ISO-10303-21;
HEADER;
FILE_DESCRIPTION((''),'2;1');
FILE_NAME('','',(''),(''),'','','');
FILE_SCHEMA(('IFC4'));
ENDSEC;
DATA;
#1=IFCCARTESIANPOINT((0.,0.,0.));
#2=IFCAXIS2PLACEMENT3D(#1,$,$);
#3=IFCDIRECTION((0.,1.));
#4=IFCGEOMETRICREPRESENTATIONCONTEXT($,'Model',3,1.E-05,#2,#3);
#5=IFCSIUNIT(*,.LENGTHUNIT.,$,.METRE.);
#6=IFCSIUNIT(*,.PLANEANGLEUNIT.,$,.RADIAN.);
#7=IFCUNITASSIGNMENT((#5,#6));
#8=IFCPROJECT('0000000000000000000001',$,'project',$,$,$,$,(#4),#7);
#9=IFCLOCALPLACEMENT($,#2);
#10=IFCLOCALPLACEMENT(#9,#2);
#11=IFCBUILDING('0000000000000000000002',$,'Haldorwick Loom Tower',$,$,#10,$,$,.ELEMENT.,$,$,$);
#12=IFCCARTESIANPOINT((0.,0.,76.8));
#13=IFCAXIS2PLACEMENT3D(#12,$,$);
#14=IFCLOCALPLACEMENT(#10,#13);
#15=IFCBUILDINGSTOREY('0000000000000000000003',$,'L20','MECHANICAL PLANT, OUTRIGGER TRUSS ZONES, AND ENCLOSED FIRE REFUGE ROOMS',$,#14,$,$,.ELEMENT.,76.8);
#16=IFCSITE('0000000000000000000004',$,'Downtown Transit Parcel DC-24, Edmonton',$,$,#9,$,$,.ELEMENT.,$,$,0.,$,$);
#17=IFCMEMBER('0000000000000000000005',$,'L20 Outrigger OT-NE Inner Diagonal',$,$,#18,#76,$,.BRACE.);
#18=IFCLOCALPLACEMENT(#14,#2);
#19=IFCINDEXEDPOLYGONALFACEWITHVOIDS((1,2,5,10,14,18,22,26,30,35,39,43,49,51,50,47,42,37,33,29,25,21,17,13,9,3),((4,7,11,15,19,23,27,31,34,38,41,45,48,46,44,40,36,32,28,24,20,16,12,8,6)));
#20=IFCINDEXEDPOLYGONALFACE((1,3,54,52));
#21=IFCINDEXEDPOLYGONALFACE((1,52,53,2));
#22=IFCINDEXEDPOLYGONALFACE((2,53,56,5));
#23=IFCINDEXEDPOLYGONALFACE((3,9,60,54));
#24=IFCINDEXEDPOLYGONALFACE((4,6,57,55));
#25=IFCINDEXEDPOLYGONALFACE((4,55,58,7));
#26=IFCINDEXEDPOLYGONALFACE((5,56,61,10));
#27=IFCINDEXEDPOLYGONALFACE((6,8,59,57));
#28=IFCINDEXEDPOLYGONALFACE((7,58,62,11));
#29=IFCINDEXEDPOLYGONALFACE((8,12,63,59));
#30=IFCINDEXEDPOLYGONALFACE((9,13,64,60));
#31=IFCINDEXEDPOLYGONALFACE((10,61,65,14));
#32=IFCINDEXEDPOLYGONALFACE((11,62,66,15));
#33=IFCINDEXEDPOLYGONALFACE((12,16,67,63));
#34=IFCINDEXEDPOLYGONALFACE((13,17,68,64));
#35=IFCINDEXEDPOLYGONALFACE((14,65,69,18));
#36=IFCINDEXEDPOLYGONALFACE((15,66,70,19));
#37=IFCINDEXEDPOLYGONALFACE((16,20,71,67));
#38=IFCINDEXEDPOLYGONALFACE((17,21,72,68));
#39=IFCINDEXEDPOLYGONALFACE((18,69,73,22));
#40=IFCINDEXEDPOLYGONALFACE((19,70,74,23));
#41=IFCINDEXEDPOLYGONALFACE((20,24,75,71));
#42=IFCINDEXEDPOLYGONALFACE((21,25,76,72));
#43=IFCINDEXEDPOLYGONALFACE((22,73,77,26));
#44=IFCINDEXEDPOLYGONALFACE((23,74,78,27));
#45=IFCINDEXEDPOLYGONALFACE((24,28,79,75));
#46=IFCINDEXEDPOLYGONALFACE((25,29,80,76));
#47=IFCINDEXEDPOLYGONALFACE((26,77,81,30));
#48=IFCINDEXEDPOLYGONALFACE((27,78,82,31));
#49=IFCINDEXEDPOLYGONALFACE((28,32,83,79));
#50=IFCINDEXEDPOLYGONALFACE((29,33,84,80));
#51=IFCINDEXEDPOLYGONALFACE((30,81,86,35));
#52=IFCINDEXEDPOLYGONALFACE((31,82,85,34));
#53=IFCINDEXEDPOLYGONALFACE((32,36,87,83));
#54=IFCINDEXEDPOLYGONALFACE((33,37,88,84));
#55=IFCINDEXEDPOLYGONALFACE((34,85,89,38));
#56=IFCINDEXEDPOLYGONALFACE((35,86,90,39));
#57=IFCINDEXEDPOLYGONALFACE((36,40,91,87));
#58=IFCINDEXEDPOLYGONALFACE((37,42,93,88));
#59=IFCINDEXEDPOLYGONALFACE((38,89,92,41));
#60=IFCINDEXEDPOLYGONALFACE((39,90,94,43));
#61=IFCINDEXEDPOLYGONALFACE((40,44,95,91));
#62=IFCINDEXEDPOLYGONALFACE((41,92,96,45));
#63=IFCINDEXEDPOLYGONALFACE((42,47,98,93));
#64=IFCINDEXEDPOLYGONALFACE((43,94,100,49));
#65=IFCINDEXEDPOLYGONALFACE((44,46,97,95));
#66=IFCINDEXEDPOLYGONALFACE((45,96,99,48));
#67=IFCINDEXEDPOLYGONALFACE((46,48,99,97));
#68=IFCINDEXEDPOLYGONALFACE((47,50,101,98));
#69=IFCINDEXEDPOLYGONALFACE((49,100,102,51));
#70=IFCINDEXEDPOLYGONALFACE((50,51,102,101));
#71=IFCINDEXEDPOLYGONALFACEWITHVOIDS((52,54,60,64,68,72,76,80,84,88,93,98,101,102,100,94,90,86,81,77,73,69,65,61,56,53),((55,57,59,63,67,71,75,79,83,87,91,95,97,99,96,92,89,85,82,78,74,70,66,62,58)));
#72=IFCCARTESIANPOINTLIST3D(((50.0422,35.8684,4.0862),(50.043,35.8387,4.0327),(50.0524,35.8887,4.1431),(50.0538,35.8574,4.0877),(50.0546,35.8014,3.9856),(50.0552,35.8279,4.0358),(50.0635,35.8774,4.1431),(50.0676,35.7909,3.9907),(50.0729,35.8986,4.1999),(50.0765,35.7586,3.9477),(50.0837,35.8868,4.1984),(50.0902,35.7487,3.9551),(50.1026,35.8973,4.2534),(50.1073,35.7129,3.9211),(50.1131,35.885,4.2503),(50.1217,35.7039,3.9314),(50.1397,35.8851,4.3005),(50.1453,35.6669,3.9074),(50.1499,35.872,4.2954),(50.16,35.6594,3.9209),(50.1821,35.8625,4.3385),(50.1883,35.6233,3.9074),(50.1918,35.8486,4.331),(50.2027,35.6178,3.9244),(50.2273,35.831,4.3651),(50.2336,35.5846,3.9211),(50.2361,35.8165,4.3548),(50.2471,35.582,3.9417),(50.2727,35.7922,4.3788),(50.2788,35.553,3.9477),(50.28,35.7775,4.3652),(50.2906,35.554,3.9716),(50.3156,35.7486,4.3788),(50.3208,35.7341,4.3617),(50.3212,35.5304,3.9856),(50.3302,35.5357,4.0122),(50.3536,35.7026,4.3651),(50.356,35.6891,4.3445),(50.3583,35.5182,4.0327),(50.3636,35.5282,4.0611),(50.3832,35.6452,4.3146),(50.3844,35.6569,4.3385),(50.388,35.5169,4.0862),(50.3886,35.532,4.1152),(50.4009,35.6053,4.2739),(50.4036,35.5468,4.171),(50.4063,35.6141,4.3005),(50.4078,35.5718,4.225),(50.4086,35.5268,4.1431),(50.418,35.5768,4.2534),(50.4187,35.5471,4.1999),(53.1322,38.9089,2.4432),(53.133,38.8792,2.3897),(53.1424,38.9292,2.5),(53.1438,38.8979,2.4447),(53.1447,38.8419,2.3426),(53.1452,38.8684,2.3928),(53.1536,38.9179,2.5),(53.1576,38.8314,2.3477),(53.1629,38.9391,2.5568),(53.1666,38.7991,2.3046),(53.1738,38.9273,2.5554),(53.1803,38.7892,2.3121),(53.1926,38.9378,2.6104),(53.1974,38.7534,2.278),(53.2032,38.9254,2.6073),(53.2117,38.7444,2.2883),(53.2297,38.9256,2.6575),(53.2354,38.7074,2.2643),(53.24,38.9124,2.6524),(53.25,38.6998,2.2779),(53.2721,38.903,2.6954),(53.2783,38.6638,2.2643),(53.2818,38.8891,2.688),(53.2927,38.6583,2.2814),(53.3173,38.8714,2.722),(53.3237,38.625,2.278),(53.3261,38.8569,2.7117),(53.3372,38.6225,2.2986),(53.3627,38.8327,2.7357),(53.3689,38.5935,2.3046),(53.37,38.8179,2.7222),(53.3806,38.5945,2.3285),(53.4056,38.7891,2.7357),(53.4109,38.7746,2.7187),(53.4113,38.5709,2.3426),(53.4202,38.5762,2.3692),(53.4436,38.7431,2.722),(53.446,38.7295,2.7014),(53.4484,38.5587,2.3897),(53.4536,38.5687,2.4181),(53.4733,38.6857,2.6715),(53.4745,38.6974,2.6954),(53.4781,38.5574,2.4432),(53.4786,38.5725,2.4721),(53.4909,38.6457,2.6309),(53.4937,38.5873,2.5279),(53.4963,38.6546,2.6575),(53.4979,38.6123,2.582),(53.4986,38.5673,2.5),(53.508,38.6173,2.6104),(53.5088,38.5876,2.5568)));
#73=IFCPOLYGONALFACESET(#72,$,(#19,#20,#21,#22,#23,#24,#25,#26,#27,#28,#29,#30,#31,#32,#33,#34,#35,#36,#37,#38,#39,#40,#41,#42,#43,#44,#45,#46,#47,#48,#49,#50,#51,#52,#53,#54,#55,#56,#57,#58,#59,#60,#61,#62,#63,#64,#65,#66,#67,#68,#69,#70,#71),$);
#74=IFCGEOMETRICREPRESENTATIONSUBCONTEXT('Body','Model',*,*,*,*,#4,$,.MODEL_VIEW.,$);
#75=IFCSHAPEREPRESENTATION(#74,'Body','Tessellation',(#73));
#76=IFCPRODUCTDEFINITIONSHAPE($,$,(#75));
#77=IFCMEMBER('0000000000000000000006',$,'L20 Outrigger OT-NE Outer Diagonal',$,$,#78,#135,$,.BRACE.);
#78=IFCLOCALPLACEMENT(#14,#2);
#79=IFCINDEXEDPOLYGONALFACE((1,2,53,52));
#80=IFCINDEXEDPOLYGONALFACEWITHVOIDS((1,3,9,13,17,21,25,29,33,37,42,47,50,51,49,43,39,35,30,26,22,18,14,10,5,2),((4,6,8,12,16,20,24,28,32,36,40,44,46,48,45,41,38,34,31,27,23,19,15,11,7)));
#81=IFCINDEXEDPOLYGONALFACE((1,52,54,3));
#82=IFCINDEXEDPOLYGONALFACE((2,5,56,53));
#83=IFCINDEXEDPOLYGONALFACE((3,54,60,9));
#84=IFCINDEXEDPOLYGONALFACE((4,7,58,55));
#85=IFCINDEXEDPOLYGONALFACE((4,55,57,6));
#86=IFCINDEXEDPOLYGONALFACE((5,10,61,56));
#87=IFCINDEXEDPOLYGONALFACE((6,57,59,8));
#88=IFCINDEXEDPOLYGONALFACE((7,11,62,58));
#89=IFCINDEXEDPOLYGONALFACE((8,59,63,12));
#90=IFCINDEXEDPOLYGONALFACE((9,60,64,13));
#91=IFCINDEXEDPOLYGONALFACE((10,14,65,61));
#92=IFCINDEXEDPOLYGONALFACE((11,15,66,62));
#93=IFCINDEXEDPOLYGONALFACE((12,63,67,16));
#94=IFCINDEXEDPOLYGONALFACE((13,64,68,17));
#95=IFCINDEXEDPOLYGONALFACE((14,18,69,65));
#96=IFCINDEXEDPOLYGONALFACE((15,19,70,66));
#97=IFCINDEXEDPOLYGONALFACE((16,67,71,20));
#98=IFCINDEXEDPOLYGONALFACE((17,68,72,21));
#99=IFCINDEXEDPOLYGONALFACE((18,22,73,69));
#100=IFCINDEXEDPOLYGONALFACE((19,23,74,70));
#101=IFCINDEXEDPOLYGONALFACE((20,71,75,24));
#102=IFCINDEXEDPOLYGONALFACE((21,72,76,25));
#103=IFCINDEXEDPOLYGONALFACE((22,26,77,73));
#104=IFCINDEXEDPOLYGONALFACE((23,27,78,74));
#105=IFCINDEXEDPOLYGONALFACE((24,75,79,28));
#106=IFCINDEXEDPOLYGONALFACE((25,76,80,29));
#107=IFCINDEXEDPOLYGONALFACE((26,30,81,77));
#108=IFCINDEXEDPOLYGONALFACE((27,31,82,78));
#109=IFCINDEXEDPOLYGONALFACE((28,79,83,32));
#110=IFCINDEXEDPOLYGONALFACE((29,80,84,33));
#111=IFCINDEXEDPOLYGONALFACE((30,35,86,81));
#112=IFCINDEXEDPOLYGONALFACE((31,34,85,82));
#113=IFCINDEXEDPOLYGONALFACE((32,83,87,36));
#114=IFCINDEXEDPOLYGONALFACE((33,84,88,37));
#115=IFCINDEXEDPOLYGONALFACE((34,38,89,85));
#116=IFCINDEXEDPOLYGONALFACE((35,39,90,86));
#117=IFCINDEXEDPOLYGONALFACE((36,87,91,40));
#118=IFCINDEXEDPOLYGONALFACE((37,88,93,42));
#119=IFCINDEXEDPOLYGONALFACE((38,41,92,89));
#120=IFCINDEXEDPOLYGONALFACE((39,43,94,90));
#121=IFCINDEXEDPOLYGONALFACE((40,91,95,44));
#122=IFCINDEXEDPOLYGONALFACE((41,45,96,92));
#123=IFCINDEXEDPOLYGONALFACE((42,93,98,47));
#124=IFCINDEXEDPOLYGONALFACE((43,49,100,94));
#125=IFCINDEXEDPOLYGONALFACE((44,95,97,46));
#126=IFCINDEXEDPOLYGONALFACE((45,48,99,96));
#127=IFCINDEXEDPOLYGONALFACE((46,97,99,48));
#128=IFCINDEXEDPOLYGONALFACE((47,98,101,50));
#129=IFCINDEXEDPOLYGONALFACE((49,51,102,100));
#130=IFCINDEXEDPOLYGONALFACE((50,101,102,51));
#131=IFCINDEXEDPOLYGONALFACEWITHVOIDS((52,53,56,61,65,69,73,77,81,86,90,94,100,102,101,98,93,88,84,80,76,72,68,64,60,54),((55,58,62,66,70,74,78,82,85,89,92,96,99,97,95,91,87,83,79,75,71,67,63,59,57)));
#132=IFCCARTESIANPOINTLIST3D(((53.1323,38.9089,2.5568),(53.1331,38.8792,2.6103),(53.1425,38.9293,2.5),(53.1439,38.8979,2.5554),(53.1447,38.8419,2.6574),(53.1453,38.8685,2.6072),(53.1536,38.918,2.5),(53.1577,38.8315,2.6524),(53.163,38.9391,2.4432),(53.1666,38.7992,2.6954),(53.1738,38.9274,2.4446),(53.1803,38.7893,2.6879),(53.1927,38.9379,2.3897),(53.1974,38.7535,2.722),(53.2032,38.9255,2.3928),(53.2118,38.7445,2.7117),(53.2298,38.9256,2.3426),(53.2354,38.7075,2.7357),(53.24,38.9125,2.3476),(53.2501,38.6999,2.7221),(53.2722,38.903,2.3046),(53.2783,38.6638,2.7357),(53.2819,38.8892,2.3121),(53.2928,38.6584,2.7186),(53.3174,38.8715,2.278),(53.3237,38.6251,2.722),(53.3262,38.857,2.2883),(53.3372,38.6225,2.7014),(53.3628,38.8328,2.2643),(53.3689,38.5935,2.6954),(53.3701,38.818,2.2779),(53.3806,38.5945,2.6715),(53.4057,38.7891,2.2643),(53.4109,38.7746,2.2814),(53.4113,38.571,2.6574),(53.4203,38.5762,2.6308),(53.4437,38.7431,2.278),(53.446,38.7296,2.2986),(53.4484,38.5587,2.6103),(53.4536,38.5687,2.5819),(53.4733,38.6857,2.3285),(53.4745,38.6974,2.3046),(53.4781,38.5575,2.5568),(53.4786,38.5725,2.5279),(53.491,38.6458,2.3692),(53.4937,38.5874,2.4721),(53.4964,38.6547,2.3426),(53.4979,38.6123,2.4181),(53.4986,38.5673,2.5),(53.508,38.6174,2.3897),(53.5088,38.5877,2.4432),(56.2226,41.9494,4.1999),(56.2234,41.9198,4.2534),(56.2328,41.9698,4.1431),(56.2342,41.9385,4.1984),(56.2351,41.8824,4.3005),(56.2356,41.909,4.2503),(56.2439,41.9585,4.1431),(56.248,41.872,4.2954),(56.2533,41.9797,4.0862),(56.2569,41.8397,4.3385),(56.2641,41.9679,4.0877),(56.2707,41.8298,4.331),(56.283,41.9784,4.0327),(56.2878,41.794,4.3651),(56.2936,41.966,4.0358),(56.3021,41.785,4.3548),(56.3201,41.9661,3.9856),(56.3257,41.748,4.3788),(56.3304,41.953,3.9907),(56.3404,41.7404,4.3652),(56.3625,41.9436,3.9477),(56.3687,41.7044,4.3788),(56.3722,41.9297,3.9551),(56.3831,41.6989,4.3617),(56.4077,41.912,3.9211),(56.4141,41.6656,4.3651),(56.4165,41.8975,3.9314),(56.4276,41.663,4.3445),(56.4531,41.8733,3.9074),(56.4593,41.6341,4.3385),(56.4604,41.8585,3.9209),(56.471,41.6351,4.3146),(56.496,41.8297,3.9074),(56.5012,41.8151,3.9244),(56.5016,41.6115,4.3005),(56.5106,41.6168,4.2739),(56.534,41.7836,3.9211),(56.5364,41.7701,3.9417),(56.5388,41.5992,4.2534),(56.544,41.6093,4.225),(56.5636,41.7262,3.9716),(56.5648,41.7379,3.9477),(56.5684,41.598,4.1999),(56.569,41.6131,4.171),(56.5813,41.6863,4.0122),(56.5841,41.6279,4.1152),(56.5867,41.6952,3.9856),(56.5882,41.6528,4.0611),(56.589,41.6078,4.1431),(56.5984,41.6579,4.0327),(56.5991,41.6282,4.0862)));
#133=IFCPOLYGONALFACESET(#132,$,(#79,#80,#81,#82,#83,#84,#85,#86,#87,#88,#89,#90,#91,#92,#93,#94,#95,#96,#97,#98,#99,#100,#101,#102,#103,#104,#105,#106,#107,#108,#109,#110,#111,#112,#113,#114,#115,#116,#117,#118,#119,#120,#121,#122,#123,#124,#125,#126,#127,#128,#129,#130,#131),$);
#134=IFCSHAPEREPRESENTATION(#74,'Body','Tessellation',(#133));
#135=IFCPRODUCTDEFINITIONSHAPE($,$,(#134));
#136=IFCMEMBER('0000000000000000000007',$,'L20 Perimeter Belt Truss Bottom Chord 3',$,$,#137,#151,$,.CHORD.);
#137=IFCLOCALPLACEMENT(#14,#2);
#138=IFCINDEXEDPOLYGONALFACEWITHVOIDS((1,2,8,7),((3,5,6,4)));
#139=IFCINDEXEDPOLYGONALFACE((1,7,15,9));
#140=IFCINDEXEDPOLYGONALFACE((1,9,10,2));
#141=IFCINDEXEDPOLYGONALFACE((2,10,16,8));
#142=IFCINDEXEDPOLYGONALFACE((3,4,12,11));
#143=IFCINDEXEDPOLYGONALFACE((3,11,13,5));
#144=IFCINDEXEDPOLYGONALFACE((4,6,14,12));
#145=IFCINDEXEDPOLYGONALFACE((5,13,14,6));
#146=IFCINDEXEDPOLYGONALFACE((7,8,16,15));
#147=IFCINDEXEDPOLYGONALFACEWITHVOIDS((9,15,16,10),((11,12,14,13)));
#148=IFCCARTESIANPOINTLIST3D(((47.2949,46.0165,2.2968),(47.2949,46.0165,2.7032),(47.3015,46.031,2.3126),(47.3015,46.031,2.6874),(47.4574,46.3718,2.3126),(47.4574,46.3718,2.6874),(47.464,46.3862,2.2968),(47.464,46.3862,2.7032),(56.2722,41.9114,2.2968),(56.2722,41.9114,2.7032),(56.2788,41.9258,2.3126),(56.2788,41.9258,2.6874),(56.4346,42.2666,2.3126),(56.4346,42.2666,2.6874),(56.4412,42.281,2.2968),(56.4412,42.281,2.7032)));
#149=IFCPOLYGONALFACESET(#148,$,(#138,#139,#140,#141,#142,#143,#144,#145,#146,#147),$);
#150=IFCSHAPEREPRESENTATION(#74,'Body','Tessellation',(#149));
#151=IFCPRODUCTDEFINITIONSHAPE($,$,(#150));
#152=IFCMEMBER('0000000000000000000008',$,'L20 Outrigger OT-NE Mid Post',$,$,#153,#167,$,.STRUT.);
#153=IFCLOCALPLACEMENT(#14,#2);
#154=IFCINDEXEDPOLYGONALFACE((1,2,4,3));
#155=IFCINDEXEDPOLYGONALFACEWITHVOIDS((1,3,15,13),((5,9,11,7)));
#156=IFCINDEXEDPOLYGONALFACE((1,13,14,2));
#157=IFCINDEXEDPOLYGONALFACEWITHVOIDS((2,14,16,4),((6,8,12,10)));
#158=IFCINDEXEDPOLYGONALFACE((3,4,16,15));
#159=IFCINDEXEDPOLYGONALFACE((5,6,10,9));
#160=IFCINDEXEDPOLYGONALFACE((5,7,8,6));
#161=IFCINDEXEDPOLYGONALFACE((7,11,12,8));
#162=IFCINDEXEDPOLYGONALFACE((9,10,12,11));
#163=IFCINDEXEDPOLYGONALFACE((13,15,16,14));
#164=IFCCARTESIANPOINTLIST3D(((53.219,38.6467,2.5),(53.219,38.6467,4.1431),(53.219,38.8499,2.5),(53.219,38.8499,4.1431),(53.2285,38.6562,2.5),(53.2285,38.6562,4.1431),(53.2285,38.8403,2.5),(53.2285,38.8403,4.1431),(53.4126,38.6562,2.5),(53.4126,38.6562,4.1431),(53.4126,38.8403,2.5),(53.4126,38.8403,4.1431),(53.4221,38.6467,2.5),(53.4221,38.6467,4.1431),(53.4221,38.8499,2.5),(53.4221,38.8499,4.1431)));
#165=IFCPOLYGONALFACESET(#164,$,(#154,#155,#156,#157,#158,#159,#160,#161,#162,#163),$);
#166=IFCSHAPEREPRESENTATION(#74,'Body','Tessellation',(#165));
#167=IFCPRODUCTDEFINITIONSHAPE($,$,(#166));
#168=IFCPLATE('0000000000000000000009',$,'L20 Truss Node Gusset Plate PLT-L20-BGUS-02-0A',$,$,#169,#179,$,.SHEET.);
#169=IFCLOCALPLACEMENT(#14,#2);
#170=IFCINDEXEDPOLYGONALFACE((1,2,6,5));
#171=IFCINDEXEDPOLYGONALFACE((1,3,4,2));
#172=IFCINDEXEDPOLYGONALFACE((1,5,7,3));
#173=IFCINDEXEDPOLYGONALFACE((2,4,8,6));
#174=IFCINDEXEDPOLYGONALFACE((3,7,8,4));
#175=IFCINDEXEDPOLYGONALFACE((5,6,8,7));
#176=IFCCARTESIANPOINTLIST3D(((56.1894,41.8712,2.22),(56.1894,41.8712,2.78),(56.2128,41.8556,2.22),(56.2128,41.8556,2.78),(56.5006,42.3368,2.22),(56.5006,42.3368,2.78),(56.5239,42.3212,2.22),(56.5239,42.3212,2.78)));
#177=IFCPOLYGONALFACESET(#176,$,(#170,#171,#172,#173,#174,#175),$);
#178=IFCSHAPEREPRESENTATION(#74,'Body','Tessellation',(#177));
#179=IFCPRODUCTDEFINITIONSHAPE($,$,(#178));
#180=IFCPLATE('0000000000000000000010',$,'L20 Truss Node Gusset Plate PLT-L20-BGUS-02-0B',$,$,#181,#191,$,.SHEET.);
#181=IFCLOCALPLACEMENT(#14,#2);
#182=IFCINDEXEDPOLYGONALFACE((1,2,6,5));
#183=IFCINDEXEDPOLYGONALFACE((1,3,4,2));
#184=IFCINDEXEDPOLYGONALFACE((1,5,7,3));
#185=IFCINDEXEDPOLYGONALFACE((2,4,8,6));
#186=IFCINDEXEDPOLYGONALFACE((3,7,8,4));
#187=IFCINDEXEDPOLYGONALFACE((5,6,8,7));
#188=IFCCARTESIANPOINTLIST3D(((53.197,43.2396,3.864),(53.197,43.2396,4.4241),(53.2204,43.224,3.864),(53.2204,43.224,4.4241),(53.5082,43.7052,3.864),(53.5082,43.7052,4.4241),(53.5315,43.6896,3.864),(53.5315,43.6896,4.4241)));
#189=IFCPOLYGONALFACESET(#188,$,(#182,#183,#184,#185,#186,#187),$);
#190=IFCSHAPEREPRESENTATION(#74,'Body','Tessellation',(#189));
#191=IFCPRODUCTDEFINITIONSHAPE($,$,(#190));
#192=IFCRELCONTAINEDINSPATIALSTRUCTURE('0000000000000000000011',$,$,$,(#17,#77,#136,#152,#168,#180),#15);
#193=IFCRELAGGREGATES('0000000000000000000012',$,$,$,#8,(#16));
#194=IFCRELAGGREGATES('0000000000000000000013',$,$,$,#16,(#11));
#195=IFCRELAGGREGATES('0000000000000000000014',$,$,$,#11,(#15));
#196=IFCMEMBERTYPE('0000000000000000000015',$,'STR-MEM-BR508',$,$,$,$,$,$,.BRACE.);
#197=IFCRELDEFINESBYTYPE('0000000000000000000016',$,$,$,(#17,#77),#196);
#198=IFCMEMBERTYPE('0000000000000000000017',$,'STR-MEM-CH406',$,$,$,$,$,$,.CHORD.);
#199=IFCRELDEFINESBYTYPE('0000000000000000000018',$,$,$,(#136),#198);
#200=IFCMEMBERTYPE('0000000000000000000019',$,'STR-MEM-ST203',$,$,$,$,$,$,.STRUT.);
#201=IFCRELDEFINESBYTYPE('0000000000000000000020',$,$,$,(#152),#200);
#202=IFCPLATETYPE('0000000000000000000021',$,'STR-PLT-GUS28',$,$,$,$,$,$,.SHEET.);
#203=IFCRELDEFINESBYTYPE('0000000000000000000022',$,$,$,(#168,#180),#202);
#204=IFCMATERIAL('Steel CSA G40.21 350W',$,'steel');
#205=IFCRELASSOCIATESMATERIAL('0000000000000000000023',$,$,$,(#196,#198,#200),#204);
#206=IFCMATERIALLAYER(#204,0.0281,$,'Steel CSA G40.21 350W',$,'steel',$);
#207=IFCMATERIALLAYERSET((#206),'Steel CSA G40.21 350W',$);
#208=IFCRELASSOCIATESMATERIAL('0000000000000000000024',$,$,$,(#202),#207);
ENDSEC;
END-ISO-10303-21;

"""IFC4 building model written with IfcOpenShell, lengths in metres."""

from ifc_helpers import new_model, si_unit, direction, frame, origin, origin_2d, place, context, subcontext, project, spatial, rectangle, hollow_rectangle, hollow_circle, extrude, material, layer, layer_set, material_profile, profile_set, type_object, element, save


model = new_model("IFC4")

# Units and contexts
model_context = context("Model", 3, precision=1e-05, world=origin(), true_north=direction((0.0, 1.0)))
body_context = subcontext(model_context, "Body", "Model", "MODEL_VIEW")
ifc_project = project(units=[si_unit("LENGTHUNIT", "METRE"), si_unit("PLANEANGLEUNIT", "RADIAN")], contexts=[model_context])

# Site, building, storey
site_placement = place(None, origin())
site = spatial("IfcSite", under=ifc_project, at=site_placement, Name="Downtown Transit Parcel DC-24, Edmonton", CompositionType="ELEMENT", RefElevation=0.0)
building_placement = place(site_placement, origin())
building = spatial("IfcBuilding", under=site, at=building_placement, Name="Haldorwick Loom Tower", CompositionType="ELEMENT")
storey_placement = place(building_placement, frame((0.0, 0.0, 76.8)))
storey = spatial("IfcBuildingStorey", under=building, at=storey_placement, Name="L20", Description="MECHANICAL PLANT, OUTRIGGER TRUSS ZONES, AND ENCLOSED FIRE REFUGE ROOMS", CompositionType="ELEMENT", Elevation=76.8)

# Shared definitions
ifc_material_1 = material(Name="Steel CSA G40.21 350W", Category="steel")

# Members
ifc_material_profile_1 = material_profile(ifc_material_1, hollow_circle(Radius=0.2539, WallThickness=0.0159, at=origin_2d()), Name="HSS508X16", Category="steel")
ifc_profile_set_1 = profile_set([ifc_material_profile_1], Name="Steel CSA G40.21 350W")
member_type_1 = type_object("IfcMemberType", Name="STR-MEM-BR508", PredefinedType="BRACE", material=ifc_profile_set_1)
member_1_placement = place(storey_placement, frame((50.2305, 35.7078, 4.1431), z_axis=(0.666532, 0.655842, -0.35441), x_axis=(-0.701368, 0.7128, 0.0)))
element("IfcMember", 1, at=member_1_placement, inside=storey, type_object=member_type_1, Name="L20 Outrigger OT-NE Inner Diagonal", PredefinedType="BRACE", context=body_context, shape_type="SweptSolid", body=[
    extrude(hollow_circle(Radius=0.2539, WallThickness=0.0159, at=origin_2d()), origin(), (0.0, 0.0, 1.0), 4.636),
])
member_2_placement = place(storey_placement, frame((53.3206, 38.7483, 2.5), z_axis=(0.666561, 0.655819, 0.354397), x_axis=(-0.701339, 0.712828, 0.0)))
element("IfcMember", 2, at=member_2_placement, inside=storey, type_object=member_type_1, Name="L20 Outrigger OT-NE Outer Diagonal", PredefinedType="BRACE", context=body_context, shape_type="SweptSolid", body=[
    extrude(hollow_circle(Radius=0.2539, WallThickness=0.0159, at=origin_2d()), origin(), (0.0, 0.0, 1.0), 4.6362),
])
ifc_material_profile_2 = material_profile(ifc_material_1, hollow_rectangle(XDim=0.4065, YDim=0.4065, WallThickness=0.0159, at=origin_2d()), Name="HSS406X406X16", Category="steel")
ifc_profile_set_2 = profile_set([ifc_material_profile_2], Name="Steel CSA G40.21 350W")
member_type_2 = type_object("IfcMemberType", Name="STR-MEM-CH406", PredefinedType="CHORD", material=ifc_profile_set_2)
member_3_placement = place(storey_placement, frame((56.3567, 42.0962, 2.5), z_axis=(-0.909424, 0.41587, 0.0), x_axis=(-0.41587, -0.909424, 0.0)))
element("IfcMember", 3, at=member_3_placement, inside=storey, type_object=member_type_2, Name="L20 Perimeter Belt Truss Bottom Chord 3", PredefinedType="CHORD", context=body_context, shape_type="SweptSolid", body=[
    extrude(hollow_rectangle(XDim=0.4065, YDim=0.4065, WallThickness=0.0159, at=origin_2d()), origin(), (0.0, 0.0, 1.0), 9.8713),
])
ifc_material_profile_3 = material_profile(ifc_material_1, hollow_rectangle(XDim=0.2031, YDim=0.2031, WallThickness=0.0095, at=origin_2d()), Name="HSS203X203X10", Category="steel")
ifc_profile_set_3 = profile_set([ifc_material_profile_3], Name="Steel CSA G40.21 350W")
member_type_3 = type_object("IfcMemberType", Name="STR-MEM-ST203", PredefinedType="STRUT", material=ifc_profile_set_3)
member_4_placement = place(storey_placement, frame((53.3206, 38.7483, 2.5), z_axis=(0.0, 0.0, 1.0), x_axis=(1.0, 0.0, 0.0)))
element("IfcMember", 4, at=member_4_placement, inside=storey, type_object=member_type_3, Name="L20 Outrigger OT-NE Mid Post", PredefinedType="STRUT", context=body_context, shape_type="SweptSolid", body=[
    extrude(hollow_rectangle(XDim=0.2031, YDim=0.2031, WallThickness=0.0095, at=origin_2d()), origin(), (0.0, 0.0, 1.0), 1.6431),
])

# Plates
ifc_layer_1 = layer(ifc_material_1, 0.0281, Name="Steel CSA G40.21 350W", Category="steel")
ifc_layer_set_1 = layer_set([ifc_layer_1], Name="Steel CSA G40.21 350W")
plate_type = type_object("IfcPlateType", Name="STR-PLT-GUS28", PredefinedType="SHEET", material=ifc_layer_set_1)
for number, where, z_axis, x_axis, name in (
    (5, (56.3567, 42.0962, 2.22), (0.0, 0.0, 1.0), (0.55557, 0.83147, 0.0), "L20 Truss Node Gusset Plate PLT-L20-BGUS-02-0A"),
    (6, (53.3643, 43.4646, 3.864), (0.0, 0.0, 1.0), (0.55557, 0.83147, 0.0), "L20 Truss Node Gusset Plate PLT-L20-BGUS-02-0B"),
):
    element("IfcPlate", number, at=place(storey_placement, frame(where, z_axis=z_axis, x_axis=x_axis)), inside=storey, type_object=plate_type, Name=name, PredefinedType="SHEET", context=body_context, shape_type="SweptSolid", body=[
        extrude(rectangle(XDim=0.5601, YDim=0.0281, at=origin_2d()), origin(), (0.0, 0.0, 1.0), 0.5601),
    ])

save(model, "model.ifc")
